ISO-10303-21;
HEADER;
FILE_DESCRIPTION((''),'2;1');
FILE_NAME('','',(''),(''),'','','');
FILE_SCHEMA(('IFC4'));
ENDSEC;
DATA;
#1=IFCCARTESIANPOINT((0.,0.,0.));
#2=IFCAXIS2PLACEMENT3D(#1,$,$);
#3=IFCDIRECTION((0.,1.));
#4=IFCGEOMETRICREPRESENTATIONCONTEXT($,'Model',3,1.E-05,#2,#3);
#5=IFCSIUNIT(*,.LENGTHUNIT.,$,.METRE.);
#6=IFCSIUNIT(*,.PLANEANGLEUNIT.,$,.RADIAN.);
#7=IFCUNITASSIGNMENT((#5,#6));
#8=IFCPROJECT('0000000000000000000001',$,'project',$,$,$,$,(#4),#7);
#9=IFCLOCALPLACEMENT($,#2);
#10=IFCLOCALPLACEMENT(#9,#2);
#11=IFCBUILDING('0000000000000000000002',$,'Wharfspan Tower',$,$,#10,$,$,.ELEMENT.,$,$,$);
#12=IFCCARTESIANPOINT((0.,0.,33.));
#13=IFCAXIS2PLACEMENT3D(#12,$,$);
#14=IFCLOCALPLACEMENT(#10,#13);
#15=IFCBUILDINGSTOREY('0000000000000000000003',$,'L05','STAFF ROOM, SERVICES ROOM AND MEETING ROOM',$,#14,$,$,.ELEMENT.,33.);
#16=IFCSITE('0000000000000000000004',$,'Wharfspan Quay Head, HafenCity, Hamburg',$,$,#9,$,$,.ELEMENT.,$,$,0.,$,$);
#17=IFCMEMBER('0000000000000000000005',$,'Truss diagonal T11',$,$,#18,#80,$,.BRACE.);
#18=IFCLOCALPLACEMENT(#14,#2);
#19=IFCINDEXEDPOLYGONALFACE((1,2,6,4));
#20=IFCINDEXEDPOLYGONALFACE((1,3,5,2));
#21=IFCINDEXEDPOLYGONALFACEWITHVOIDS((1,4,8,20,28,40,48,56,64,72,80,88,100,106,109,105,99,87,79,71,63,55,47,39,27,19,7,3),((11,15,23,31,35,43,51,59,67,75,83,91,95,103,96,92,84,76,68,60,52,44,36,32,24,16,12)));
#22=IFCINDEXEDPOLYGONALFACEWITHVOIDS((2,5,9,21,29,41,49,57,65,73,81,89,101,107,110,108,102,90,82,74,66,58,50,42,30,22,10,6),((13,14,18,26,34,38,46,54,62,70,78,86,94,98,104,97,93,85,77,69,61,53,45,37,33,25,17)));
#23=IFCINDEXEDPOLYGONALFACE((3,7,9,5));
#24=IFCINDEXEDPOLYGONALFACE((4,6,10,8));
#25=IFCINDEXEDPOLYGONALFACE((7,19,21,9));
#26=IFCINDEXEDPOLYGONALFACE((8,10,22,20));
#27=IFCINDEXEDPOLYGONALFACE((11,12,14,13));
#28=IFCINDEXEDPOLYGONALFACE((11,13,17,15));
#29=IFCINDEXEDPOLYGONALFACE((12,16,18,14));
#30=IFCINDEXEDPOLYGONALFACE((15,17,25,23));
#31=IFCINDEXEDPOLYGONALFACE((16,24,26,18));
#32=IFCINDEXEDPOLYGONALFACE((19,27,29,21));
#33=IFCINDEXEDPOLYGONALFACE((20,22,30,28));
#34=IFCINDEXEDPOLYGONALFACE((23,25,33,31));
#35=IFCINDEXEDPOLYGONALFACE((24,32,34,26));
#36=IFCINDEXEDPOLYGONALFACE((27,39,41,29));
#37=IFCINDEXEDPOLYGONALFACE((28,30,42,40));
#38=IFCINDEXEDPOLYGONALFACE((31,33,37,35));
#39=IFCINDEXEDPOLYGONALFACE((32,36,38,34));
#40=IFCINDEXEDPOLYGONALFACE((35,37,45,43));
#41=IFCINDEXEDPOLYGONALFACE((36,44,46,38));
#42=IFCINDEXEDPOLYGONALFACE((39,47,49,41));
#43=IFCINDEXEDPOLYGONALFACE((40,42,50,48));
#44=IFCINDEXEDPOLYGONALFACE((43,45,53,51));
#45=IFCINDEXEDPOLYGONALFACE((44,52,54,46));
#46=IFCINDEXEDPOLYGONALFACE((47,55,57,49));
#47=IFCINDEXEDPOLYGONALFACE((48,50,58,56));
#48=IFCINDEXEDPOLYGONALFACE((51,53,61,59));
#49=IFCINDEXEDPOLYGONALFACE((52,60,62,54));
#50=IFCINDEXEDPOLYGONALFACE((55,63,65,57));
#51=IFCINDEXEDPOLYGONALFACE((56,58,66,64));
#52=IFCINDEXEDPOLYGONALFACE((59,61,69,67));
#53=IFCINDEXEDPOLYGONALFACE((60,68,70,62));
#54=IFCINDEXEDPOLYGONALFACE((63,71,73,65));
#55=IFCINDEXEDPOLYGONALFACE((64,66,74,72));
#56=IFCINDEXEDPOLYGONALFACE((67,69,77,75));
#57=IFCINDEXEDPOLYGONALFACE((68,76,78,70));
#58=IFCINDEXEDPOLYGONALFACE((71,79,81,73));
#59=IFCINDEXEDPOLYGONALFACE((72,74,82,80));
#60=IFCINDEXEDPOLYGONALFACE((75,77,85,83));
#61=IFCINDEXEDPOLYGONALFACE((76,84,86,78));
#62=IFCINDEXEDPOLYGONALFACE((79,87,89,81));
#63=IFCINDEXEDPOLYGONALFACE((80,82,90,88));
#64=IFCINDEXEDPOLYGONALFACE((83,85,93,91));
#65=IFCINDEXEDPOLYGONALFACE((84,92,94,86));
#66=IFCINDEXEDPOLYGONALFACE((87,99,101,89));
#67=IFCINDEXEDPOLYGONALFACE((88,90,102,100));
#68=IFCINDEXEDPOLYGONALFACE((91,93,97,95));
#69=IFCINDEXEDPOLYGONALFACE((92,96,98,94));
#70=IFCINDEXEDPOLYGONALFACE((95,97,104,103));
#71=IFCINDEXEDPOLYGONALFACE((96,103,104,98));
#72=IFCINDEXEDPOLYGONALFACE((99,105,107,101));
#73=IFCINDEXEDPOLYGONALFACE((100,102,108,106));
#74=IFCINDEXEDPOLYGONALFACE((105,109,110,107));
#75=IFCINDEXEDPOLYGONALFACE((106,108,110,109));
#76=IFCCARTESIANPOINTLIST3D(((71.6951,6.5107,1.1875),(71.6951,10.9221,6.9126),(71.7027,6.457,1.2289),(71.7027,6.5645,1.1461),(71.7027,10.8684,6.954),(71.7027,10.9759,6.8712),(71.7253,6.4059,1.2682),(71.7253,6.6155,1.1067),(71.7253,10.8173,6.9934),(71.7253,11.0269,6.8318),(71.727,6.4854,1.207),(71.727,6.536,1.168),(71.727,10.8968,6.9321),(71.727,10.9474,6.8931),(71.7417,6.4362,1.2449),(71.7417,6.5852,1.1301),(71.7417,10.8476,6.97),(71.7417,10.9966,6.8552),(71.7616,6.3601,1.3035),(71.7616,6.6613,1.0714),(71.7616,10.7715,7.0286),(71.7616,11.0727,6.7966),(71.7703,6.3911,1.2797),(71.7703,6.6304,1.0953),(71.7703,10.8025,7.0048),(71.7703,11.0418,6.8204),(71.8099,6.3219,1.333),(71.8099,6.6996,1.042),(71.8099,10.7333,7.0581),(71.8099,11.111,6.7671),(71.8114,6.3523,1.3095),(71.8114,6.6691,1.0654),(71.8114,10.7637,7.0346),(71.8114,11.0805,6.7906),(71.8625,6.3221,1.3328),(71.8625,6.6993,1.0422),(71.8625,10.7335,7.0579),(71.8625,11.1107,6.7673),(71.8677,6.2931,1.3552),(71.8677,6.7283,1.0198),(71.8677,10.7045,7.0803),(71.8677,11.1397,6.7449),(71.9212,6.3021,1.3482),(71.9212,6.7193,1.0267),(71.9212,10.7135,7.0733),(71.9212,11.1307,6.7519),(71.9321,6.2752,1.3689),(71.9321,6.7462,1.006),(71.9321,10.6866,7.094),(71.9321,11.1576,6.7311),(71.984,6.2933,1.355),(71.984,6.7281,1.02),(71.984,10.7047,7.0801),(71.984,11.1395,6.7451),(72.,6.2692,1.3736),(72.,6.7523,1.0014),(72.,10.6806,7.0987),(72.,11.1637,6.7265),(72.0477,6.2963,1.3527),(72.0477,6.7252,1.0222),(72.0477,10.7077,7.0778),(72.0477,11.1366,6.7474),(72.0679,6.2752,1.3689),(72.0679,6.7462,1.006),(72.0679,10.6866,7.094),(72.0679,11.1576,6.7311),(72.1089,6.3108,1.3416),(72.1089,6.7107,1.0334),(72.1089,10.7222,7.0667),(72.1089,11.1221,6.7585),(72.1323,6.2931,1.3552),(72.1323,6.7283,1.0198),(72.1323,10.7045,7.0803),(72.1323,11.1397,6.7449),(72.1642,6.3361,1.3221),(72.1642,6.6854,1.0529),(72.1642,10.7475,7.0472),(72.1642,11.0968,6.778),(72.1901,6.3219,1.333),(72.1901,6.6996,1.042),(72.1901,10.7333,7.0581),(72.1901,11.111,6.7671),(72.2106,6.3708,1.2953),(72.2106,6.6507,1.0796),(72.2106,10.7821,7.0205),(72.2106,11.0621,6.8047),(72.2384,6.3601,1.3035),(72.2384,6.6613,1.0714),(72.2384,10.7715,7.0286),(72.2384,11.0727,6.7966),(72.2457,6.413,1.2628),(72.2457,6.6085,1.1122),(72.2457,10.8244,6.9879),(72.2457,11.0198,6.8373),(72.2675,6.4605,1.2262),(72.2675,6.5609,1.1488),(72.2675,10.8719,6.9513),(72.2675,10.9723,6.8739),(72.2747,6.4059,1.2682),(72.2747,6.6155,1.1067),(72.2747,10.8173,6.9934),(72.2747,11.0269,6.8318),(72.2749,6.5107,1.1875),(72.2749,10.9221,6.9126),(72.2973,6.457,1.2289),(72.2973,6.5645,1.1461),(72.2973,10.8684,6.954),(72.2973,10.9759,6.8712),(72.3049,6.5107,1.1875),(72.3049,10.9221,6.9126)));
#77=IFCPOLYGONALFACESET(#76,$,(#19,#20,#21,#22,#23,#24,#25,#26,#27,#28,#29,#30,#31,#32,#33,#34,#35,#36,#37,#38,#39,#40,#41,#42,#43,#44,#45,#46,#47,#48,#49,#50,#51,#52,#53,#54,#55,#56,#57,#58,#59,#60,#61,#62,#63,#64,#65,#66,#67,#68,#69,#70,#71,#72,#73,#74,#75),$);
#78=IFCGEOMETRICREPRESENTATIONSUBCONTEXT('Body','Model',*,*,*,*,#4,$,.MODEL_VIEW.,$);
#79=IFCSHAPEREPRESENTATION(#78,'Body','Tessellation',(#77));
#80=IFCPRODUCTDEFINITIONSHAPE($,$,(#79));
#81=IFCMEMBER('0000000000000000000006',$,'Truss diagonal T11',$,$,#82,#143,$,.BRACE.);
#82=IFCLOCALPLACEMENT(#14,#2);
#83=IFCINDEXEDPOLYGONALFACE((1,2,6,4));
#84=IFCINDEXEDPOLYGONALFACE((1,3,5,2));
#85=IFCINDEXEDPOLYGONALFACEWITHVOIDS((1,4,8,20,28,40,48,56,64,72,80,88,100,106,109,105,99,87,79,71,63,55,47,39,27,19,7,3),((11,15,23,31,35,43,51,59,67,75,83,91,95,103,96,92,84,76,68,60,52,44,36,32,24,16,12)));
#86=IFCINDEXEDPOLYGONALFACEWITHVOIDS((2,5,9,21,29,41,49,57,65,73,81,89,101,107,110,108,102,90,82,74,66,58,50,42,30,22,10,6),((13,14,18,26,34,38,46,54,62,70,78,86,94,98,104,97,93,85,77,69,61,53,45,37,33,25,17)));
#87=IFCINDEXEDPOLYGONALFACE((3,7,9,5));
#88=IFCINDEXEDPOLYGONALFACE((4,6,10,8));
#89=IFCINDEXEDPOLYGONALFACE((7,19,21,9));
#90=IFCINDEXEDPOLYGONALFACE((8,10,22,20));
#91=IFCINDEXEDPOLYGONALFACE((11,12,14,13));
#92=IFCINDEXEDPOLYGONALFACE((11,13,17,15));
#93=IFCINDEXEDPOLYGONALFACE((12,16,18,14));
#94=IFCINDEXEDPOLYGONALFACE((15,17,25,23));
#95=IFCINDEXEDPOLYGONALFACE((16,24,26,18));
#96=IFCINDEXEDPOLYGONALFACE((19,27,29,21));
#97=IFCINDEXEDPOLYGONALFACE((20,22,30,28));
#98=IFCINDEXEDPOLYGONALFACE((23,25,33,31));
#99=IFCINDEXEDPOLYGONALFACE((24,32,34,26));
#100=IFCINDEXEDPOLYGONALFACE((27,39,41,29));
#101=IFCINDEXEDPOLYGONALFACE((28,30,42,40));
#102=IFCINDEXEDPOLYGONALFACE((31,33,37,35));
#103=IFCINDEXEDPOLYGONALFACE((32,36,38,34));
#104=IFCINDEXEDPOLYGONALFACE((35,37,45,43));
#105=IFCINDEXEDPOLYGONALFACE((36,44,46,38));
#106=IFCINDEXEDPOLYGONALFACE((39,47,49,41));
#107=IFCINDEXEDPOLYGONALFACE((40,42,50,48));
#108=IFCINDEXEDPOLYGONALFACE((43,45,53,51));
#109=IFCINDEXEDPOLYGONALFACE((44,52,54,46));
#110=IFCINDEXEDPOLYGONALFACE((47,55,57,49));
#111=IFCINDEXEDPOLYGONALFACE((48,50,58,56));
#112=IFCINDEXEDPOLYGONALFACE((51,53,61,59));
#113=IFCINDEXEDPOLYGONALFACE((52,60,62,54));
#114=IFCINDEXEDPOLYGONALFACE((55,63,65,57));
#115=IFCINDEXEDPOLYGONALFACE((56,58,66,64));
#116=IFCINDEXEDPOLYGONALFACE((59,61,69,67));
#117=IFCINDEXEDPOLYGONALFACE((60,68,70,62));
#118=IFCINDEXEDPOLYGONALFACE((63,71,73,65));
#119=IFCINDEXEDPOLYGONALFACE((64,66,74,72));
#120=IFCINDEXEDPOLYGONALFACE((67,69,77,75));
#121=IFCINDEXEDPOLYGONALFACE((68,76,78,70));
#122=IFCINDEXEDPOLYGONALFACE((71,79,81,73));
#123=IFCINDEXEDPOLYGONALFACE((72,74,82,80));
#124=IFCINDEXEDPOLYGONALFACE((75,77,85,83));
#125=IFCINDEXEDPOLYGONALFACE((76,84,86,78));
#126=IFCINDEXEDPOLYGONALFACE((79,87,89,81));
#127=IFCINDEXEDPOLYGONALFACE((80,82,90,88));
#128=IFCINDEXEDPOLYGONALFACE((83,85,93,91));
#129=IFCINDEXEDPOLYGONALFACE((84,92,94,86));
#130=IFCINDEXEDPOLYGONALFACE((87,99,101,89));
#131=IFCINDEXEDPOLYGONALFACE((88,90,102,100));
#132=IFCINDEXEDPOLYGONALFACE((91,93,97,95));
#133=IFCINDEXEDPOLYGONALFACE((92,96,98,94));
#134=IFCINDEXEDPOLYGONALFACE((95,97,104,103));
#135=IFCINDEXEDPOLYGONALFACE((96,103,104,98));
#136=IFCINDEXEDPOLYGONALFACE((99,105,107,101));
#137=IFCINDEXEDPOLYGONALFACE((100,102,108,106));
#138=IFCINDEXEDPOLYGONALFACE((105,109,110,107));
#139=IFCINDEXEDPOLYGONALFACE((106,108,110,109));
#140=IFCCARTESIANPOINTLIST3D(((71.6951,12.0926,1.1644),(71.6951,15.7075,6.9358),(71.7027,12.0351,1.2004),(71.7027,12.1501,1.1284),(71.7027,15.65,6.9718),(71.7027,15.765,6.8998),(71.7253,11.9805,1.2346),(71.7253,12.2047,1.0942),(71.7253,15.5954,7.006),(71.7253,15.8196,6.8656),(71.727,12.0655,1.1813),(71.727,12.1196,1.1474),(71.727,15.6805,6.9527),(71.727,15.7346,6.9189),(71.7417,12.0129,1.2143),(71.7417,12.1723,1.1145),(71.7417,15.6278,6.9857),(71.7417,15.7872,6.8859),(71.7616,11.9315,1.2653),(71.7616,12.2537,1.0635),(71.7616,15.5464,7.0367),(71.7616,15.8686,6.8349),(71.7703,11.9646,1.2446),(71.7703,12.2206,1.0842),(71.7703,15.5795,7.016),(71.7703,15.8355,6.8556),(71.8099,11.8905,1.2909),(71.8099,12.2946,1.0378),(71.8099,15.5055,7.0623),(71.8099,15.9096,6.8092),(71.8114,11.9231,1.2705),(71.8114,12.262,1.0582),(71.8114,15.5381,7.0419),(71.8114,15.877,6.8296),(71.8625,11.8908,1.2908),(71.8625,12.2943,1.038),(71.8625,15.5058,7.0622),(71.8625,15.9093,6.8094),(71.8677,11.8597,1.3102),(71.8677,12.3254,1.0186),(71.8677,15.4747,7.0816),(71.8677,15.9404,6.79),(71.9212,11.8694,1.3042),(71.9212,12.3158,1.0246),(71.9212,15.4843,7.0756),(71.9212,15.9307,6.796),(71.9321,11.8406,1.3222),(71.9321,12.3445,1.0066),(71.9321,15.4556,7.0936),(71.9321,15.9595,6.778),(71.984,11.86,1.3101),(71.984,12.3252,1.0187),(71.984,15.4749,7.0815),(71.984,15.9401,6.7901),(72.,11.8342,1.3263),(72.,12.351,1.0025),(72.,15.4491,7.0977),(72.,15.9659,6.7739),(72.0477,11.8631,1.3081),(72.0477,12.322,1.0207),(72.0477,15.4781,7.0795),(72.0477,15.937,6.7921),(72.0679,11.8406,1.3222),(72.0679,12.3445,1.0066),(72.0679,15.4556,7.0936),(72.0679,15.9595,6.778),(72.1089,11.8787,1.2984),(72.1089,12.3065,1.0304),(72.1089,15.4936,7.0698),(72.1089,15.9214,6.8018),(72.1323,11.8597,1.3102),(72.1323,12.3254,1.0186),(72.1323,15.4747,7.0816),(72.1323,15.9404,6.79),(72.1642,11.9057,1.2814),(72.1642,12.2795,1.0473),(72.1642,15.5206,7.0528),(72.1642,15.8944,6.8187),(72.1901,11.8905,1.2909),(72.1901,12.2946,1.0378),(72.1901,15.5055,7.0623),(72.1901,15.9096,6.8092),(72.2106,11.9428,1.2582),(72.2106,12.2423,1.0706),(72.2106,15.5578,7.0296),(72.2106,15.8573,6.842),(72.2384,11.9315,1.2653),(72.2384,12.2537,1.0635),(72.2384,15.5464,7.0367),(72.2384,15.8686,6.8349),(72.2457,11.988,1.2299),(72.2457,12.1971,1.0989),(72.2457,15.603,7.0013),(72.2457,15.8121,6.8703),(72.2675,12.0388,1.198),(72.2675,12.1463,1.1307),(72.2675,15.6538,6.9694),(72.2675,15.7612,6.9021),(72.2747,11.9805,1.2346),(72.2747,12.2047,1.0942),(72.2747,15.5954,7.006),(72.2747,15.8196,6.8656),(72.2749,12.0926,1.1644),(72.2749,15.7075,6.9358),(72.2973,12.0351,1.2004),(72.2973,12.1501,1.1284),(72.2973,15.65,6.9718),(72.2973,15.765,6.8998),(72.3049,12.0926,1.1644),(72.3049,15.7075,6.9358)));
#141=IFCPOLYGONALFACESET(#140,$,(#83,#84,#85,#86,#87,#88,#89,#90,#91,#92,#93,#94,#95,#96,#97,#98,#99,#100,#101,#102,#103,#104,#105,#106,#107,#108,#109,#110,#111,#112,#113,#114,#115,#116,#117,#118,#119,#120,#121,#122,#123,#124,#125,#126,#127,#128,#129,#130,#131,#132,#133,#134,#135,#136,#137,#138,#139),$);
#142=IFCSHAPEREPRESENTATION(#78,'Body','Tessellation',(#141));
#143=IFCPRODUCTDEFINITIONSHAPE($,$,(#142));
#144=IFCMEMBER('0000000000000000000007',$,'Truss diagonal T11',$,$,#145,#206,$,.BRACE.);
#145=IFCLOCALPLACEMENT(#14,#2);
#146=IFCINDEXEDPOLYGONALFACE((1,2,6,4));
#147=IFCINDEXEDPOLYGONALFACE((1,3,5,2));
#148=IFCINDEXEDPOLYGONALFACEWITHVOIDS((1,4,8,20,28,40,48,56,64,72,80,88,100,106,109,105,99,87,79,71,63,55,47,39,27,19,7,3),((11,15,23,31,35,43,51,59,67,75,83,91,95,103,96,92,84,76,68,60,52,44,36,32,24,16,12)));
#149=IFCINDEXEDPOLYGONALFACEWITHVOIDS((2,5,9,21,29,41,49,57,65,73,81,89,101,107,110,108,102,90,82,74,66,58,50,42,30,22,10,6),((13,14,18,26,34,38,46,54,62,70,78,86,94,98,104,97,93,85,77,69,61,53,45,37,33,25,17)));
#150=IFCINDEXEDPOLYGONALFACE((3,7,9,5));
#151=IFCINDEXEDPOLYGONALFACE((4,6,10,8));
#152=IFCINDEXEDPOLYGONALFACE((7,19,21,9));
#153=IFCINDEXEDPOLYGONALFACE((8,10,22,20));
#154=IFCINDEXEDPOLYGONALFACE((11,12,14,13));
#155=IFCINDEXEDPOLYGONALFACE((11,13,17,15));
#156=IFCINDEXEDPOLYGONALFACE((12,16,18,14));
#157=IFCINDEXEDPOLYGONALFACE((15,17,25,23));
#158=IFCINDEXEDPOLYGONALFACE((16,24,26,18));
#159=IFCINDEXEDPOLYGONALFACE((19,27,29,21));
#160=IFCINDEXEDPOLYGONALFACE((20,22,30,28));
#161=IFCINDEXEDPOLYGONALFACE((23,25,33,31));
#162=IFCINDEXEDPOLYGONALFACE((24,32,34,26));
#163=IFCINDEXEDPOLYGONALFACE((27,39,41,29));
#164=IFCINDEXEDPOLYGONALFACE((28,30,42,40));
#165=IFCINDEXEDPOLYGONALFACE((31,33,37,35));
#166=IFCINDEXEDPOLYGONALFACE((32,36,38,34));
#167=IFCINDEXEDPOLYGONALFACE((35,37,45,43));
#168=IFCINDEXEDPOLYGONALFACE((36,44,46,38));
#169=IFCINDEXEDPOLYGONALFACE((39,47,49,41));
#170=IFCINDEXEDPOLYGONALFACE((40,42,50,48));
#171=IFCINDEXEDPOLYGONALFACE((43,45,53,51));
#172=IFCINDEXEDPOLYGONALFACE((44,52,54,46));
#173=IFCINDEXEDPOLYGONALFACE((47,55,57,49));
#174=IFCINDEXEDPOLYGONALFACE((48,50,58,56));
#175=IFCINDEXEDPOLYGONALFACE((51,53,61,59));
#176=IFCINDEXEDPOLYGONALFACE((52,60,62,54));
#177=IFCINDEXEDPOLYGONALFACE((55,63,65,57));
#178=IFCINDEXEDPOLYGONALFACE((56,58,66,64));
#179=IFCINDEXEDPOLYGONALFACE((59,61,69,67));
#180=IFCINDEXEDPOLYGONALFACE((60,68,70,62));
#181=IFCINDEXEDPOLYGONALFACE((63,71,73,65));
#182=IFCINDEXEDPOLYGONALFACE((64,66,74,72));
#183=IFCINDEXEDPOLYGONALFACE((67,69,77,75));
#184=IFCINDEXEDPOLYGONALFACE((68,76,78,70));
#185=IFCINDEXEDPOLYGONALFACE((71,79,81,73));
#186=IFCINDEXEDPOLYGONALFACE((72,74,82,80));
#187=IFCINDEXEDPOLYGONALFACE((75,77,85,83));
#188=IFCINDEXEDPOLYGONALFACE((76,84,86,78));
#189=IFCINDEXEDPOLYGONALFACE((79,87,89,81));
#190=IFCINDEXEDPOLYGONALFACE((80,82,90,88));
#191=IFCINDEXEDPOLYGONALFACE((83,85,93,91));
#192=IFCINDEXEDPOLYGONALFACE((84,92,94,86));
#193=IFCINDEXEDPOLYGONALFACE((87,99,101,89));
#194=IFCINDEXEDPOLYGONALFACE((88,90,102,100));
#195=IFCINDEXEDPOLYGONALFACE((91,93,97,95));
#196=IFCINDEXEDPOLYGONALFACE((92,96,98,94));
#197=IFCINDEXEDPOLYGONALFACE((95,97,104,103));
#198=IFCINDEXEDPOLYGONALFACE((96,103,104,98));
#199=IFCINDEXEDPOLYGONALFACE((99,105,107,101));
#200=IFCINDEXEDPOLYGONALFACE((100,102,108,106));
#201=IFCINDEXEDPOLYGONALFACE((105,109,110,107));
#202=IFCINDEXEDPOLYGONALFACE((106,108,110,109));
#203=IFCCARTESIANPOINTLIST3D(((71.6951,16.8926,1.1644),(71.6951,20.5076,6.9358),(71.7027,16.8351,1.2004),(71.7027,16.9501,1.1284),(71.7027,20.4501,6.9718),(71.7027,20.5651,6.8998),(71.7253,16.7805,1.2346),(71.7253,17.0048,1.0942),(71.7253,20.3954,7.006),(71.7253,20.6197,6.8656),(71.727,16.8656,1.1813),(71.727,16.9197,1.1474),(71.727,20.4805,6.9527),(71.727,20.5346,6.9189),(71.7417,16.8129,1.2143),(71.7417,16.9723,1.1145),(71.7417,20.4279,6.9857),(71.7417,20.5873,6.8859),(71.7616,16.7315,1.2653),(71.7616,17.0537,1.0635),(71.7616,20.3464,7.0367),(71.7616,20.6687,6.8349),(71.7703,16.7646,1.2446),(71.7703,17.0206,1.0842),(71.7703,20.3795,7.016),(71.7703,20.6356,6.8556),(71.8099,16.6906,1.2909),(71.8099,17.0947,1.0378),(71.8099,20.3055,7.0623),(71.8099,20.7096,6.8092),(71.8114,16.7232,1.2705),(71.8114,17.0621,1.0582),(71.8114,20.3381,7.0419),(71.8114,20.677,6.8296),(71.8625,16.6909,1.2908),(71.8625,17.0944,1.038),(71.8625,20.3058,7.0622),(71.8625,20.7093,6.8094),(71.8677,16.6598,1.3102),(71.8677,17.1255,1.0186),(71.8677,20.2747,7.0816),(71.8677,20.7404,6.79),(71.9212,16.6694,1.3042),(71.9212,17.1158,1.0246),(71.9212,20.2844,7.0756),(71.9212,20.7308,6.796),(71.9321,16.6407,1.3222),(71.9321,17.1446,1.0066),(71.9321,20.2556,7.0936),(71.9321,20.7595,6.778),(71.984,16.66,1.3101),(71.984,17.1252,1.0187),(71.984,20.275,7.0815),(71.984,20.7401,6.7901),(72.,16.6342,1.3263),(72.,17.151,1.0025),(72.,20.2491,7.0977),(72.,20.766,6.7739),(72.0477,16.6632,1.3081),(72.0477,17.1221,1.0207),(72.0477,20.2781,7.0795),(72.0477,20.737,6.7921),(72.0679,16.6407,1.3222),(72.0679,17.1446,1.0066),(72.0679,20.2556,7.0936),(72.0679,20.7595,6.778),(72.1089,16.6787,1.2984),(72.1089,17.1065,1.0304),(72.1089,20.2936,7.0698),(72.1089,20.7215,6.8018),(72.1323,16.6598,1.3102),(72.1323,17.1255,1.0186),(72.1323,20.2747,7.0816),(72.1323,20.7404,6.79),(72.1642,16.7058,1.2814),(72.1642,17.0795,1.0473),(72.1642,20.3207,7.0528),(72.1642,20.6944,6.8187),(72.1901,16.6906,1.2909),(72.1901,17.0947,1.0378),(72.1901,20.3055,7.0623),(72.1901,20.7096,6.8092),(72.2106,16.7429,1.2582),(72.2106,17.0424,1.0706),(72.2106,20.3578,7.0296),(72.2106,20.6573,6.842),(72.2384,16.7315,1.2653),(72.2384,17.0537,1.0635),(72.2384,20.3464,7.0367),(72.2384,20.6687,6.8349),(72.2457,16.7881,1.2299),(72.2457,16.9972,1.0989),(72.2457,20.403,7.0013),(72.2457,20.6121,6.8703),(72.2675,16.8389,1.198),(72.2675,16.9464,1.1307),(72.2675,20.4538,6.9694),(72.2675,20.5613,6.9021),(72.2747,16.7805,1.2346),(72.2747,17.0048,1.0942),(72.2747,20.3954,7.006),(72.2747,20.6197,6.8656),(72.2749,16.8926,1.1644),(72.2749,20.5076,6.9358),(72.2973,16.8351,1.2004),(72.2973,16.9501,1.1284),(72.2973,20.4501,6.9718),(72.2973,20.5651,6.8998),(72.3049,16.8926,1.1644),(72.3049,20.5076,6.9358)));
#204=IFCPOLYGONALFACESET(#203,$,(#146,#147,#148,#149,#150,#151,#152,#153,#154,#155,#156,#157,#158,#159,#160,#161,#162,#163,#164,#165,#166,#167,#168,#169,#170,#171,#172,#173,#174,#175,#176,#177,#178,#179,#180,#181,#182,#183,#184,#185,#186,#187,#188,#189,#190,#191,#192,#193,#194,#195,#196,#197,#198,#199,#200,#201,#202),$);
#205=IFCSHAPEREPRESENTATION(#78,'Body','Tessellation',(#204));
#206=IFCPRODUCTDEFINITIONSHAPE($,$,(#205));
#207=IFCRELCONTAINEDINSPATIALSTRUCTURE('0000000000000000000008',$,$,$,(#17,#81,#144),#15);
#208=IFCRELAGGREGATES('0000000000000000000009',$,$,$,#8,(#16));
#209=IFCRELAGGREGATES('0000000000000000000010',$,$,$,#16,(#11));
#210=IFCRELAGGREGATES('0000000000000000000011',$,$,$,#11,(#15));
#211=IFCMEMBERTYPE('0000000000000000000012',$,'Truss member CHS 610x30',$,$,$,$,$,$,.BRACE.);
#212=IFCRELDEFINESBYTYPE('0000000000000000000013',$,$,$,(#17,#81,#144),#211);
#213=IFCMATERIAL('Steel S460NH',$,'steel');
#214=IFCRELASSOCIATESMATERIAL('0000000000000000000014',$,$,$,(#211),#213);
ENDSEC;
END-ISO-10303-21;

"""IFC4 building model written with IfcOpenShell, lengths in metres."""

from ifc_helpers import new_model, si_unit, direction, frame, origin, origin_2d, place, context, subcontext, project, spatial, hollow_circle, extrude, material, material_profile, profile_set, type_object, element, save


model = new_model("IFC4")

# Units and contexts
model_context = context("Model", 3, precision=1e-05, world=origin(), true_north=direction((0.0, 1.0)))
body_context = subcontext(model_context, "Body", "Model", "MODEL_VIEW")
ifc_project = project(units=[si_unit("LENGTHUNIT", "METRE"), si_unit("PLANEANGLEUNIT", "RADIAN")], contexts=[model_context])

# Site, building, storey
site_placement = place(None, origin())
site = spatial("IfcSite", under=ifc_project, at=site_placement, Name="Wharfspan Quay Head, HafenCity, Hamburg", CompositionType="ELEMENT", RefElevation=0.0)
building_placement = place(site_placement, origin())
building = spatial("IfcBuilding", under=site, at=building_placement, Name="Wharfspan Tower", CompositionType="ELEMENT")
storey_placement = place(building_placement, frame((0.0, 0.0, 33.0)))
storey = spatial("IfcBuildingStorey", under=building, at=storey_placement, Name="L05", Description="STAFF ROOM, SERVICES ROOM AND MEETING ROOM", CompositionType="ELEMENT", Elevation=33.0)

# Members
ifc_material_1 = material(Name="Steel S460NH", Category="steel")
ifc_material_profile_1 = material_profile(ifc_material_1, hollow_circle(Radius=0.3049, WallThickness=0.03, at=origin_2d()))
ifc_profile_set_1 = profile_set([ifc_material_profile_1], Name="Steel S460NH")
member_type_1 = type_object("IfcMemberType", Name="Truss member CHS 610x30", PredefinedType="BRACE", material=ifc_profile_set_1)
member_1_placement = place(storey_placement, frame((72.0, 10.9221, 6.9126), z_axis=(0.0, -0.610359, -0.792125), x_axis=(1.0, 0.0, 0.0)))
element("IfcMember", 1, at=member_1_placement, inside=storey, type_object=member_type_1, Name="Truss diagonal T11", PredefinedType="BRACE", context=body_context, shape_type="SweptSolid", body=[
    extrude(hollow_circle(Radius=0.3049, WallThickness=0.03, at=origin_2d()), origin(), (0.0, 0.0, 1.0), 7.2275),
])
for number, where, z_axis, x_axis, name in (
    (2, (72.0, 15.7075, 6.9358), (0.0, -0.530824, -0.847482), (1.0, 0.0, 0.0), "Truss diagonal T11"),
    (3, (72.0, 20.5076, 6.9358), (0.0, -0.530824, -0.847482), (1.0, 0.0, 0.0), "Truss diagonal T11"),
):
    element("IfcMember", number, at=place(storey_placement, frame(where, z_axis=z_axis, x_axis=x_axis)), inside=storey, type_object=member_type_1, Name=name, PredefinedType="BRACE", context=body_context, shape_type="SweptSolid", body=[
        extrude(hollow_circle(Radius=0.3049, WallThickness=0.03, at=origin_2d()), origin(), (0.0, 0.0, 1.0), 6.8101),
    ])

save(model, "model.ifc")
